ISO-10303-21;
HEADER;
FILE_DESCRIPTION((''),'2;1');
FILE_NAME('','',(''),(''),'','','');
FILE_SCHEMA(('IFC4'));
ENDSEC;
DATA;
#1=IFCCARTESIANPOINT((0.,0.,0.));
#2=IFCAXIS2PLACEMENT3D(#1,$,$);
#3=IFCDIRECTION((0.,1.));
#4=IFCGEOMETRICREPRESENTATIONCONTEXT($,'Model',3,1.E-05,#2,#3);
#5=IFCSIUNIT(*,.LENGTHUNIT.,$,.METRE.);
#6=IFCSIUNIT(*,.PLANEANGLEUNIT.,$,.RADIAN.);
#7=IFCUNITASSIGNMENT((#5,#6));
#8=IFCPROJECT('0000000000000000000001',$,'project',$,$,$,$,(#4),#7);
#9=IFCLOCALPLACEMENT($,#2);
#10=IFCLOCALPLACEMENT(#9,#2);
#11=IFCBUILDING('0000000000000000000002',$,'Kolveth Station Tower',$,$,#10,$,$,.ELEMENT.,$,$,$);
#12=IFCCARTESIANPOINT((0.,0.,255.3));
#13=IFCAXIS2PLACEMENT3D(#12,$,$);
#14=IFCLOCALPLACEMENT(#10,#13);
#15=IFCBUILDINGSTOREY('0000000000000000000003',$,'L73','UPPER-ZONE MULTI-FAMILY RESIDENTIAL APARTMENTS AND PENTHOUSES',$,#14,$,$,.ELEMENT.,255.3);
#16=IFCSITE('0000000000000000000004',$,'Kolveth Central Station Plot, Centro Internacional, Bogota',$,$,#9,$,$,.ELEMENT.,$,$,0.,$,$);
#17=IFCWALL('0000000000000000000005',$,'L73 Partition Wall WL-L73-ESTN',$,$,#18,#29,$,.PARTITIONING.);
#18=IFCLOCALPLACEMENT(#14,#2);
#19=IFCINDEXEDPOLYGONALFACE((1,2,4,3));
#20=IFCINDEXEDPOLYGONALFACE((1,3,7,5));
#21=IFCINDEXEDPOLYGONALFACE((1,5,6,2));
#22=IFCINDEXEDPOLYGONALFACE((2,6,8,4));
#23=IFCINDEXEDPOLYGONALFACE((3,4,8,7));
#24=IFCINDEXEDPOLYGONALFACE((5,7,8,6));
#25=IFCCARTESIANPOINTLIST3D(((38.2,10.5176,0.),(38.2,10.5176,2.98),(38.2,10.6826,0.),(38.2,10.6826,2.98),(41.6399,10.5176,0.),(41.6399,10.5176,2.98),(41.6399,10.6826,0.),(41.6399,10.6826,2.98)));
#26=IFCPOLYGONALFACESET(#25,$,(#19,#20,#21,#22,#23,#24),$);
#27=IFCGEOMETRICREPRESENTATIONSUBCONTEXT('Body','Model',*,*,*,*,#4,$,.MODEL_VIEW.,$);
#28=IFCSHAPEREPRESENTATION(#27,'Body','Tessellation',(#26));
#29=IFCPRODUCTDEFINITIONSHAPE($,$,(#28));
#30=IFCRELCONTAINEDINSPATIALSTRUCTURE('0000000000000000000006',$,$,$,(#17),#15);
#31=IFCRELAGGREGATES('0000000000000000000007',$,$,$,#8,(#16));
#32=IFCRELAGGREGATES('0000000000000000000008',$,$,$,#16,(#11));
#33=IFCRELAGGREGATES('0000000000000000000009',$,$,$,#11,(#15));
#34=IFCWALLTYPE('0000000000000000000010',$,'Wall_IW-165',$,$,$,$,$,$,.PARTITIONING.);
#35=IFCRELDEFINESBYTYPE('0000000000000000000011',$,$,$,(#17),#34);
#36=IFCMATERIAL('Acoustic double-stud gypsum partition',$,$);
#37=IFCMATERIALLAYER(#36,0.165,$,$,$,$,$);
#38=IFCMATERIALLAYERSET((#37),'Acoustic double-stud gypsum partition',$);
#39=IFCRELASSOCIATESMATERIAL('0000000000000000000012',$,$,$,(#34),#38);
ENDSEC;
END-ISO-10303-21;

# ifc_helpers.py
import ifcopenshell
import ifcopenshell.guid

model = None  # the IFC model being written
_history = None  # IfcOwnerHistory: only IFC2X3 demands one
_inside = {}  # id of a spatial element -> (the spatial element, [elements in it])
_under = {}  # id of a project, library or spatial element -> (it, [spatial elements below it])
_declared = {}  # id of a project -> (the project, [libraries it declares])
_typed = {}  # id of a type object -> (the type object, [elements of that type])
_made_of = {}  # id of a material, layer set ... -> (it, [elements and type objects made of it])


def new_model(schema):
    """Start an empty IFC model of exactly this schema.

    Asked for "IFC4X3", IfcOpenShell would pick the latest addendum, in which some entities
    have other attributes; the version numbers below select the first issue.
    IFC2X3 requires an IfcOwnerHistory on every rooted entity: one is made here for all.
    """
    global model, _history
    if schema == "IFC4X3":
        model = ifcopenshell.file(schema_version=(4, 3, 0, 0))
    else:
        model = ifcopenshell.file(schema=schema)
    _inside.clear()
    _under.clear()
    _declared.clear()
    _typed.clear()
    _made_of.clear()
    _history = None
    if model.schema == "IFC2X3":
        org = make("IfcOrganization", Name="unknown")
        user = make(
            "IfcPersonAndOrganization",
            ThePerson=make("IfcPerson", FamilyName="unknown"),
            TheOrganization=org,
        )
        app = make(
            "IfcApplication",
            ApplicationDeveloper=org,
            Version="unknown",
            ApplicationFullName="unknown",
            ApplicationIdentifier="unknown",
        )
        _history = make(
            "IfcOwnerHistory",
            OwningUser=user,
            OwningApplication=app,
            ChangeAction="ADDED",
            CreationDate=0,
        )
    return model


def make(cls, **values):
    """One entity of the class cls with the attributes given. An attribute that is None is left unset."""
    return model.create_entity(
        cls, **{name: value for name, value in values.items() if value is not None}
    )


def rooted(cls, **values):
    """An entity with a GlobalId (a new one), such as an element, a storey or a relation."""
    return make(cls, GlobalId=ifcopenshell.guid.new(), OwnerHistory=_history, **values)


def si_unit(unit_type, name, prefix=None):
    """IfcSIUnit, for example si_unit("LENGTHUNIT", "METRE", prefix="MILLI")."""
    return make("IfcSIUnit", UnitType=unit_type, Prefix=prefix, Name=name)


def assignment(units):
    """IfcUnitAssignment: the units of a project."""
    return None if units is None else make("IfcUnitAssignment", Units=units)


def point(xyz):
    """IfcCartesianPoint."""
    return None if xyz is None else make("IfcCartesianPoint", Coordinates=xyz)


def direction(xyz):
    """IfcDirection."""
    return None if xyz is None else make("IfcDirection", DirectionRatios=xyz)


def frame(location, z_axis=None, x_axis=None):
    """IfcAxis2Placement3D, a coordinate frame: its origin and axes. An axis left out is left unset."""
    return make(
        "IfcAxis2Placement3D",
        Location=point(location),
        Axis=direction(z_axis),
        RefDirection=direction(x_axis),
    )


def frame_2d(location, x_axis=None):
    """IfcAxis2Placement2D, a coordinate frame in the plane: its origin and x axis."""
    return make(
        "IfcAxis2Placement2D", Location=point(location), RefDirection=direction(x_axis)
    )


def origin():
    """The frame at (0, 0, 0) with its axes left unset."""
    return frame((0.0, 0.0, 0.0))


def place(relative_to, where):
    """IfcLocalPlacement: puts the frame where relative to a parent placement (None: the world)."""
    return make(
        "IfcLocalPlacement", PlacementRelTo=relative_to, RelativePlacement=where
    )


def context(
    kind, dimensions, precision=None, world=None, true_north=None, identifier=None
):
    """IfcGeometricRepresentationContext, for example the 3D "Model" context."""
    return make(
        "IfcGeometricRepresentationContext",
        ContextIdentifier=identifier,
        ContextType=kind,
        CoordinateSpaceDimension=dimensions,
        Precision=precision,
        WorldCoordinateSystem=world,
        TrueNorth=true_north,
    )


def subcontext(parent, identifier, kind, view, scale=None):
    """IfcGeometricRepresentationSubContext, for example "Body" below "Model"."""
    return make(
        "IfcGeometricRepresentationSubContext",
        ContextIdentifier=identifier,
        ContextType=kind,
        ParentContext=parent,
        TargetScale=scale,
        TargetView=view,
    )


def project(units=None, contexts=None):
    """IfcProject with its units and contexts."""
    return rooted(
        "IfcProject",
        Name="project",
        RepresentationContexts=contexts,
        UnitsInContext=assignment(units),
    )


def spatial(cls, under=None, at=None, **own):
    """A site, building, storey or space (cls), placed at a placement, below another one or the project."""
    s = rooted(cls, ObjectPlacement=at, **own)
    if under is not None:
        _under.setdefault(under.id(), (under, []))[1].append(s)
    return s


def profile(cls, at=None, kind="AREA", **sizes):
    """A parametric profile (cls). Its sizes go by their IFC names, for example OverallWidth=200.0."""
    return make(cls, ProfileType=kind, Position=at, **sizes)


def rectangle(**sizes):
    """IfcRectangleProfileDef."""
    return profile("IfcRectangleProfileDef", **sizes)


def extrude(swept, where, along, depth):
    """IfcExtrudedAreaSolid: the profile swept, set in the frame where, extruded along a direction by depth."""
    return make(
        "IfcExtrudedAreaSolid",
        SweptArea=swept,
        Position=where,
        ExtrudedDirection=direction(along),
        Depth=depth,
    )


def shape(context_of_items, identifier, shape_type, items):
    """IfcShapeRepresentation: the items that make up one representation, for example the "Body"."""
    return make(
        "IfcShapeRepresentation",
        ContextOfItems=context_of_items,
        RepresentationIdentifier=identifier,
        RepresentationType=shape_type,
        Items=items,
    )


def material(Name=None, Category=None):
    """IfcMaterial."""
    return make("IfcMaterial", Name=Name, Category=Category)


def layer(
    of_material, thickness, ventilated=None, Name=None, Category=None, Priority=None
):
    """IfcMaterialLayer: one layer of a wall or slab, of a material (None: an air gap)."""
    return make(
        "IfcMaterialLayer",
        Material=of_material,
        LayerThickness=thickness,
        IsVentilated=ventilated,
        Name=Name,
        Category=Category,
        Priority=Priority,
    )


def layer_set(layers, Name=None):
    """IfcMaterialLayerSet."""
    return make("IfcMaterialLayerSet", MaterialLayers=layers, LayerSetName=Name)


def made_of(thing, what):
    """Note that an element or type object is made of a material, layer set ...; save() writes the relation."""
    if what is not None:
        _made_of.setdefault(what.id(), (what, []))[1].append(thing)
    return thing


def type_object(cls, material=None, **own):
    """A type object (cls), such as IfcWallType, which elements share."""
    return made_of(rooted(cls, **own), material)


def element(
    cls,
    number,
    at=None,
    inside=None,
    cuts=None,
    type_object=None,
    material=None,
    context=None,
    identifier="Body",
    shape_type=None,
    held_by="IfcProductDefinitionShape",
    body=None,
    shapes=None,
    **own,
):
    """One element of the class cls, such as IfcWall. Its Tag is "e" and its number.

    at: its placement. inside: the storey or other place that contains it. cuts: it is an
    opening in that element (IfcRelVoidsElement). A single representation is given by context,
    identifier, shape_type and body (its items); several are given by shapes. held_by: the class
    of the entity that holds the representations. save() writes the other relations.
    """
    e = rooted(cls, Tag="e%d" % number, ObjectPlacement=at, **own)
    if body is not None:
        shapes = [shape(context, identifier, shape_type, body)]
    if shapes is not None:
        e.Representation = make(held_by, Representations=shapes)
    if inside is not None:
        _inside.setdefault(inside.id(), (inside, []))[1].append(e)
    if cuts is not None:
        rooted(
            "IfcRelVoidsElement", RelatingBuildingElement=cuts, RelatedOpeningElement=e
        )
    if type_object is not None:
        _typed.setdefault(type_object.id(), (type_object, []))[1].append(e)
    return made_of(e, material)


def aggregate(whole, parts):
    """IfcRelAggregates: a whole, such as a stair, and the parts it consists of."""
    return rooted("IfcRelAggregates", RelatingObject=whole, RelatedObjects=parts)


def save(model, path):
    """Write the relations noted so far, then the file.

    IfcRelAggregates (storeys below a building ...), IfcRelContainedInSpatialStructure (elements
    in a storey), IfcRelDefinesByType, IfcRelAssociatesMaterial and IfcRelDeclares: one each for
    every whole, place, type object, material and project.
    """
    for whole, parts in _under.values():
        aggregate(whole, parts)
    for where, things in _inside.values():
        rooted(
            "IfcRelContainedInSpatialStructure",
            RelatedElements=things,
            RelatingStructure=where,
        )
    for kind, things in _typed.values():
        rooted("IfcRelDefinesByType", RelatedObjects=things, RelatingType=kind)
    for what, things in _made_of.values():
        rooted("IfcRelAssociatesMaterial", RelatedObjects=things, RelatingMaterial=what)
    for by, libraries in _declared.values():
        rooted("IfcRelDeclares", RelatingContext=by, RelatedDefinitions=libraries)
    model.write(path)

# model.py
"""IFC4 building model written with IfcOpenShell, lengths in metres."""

from ifc_helpers import new_model, si_unit, direction, frame, frame_2d, origin, place, context, subcontext, project, spatial, rectangle, extrude, material, layer, layer_set, type_object, element, save


model = new_model("IFC4")

# Units and contexts
model_context = context("Model", 3, precision=1e-05, world=origin(), true_north=direction((0.0, 1.0)))
body_context = subcontext(model_context, "Body", "Model", "MODEL_VIEW")
ifc_project = project(units=[si_unit("LENGTHUNIT", "METRE"), si_unit("PLANEANGLEUNIT", "RADIAN")], contexts=[model_context])

# Site, building, storey
site_placement = place(None, origin())
site = spatial("IfcSite", under=ifc_project, at=site_placement, Name="Kolveth Central Station Plot, Centro Internacional, Bogota", CompositionType="ELEMENT", RefElevation=0.0)
building_placement = place(site_placement, origin())
building = spatial("IfcBuilding", under=site, at=building_placement, Name="Kolveth Station Tower", CompositionType="ELEMENT")
storey_placement = place(building_placement, frame((0.0, 0.0, 255.3)))
storey = spatial("IfcBuildingStorey", under=building, at=storey_placement, Name="L73", Description="UPPER-ZONE MULTI-FAMILY RESIDENTIAL APARTMENTS AND PENTHOUSES", CompositionType="ELEMENT", Elevation=255.3)

# Shared definitions
ifc_material_1 = material(Name="Acoustic double-stud gypsum partition")
ifc_layer_1 = layer(ifc_material_1, 0.165)
ifc_layer_set_1 = layer_set([ifc_layer_1], Name="Acoustic double-stud gypsum partition")
wall_type_1 = type_object("IfcWallType", Name="Wall_IW-165", PredefinedType="PARTITIONING", material=ifc_layer_set_1)

# Wall
wall_1_placement = place(storey_placement, frame((38.2, 10.6001, 0.0), z_axis=(0.0, 0.0, 1.0), x_axis=(1.0, 0.0, 0.0)))
element("IfcWall", 1, at=wall_1_placement, inside=storey, type_object=wall_type_1, Name="L73 Partition Wall WL-L73-ESTN", PredefinedType="PARTITIONING", context=body_context, shape_type="SweptSolid", body=[
    extrude(rectangle(XDim=3.4399, YDim=0.165, at=frame_2d((1.72, 0.0))), origin(), (0.0, 0.0, 1.0), 2.98),
])

save(model, "model.ifc")
